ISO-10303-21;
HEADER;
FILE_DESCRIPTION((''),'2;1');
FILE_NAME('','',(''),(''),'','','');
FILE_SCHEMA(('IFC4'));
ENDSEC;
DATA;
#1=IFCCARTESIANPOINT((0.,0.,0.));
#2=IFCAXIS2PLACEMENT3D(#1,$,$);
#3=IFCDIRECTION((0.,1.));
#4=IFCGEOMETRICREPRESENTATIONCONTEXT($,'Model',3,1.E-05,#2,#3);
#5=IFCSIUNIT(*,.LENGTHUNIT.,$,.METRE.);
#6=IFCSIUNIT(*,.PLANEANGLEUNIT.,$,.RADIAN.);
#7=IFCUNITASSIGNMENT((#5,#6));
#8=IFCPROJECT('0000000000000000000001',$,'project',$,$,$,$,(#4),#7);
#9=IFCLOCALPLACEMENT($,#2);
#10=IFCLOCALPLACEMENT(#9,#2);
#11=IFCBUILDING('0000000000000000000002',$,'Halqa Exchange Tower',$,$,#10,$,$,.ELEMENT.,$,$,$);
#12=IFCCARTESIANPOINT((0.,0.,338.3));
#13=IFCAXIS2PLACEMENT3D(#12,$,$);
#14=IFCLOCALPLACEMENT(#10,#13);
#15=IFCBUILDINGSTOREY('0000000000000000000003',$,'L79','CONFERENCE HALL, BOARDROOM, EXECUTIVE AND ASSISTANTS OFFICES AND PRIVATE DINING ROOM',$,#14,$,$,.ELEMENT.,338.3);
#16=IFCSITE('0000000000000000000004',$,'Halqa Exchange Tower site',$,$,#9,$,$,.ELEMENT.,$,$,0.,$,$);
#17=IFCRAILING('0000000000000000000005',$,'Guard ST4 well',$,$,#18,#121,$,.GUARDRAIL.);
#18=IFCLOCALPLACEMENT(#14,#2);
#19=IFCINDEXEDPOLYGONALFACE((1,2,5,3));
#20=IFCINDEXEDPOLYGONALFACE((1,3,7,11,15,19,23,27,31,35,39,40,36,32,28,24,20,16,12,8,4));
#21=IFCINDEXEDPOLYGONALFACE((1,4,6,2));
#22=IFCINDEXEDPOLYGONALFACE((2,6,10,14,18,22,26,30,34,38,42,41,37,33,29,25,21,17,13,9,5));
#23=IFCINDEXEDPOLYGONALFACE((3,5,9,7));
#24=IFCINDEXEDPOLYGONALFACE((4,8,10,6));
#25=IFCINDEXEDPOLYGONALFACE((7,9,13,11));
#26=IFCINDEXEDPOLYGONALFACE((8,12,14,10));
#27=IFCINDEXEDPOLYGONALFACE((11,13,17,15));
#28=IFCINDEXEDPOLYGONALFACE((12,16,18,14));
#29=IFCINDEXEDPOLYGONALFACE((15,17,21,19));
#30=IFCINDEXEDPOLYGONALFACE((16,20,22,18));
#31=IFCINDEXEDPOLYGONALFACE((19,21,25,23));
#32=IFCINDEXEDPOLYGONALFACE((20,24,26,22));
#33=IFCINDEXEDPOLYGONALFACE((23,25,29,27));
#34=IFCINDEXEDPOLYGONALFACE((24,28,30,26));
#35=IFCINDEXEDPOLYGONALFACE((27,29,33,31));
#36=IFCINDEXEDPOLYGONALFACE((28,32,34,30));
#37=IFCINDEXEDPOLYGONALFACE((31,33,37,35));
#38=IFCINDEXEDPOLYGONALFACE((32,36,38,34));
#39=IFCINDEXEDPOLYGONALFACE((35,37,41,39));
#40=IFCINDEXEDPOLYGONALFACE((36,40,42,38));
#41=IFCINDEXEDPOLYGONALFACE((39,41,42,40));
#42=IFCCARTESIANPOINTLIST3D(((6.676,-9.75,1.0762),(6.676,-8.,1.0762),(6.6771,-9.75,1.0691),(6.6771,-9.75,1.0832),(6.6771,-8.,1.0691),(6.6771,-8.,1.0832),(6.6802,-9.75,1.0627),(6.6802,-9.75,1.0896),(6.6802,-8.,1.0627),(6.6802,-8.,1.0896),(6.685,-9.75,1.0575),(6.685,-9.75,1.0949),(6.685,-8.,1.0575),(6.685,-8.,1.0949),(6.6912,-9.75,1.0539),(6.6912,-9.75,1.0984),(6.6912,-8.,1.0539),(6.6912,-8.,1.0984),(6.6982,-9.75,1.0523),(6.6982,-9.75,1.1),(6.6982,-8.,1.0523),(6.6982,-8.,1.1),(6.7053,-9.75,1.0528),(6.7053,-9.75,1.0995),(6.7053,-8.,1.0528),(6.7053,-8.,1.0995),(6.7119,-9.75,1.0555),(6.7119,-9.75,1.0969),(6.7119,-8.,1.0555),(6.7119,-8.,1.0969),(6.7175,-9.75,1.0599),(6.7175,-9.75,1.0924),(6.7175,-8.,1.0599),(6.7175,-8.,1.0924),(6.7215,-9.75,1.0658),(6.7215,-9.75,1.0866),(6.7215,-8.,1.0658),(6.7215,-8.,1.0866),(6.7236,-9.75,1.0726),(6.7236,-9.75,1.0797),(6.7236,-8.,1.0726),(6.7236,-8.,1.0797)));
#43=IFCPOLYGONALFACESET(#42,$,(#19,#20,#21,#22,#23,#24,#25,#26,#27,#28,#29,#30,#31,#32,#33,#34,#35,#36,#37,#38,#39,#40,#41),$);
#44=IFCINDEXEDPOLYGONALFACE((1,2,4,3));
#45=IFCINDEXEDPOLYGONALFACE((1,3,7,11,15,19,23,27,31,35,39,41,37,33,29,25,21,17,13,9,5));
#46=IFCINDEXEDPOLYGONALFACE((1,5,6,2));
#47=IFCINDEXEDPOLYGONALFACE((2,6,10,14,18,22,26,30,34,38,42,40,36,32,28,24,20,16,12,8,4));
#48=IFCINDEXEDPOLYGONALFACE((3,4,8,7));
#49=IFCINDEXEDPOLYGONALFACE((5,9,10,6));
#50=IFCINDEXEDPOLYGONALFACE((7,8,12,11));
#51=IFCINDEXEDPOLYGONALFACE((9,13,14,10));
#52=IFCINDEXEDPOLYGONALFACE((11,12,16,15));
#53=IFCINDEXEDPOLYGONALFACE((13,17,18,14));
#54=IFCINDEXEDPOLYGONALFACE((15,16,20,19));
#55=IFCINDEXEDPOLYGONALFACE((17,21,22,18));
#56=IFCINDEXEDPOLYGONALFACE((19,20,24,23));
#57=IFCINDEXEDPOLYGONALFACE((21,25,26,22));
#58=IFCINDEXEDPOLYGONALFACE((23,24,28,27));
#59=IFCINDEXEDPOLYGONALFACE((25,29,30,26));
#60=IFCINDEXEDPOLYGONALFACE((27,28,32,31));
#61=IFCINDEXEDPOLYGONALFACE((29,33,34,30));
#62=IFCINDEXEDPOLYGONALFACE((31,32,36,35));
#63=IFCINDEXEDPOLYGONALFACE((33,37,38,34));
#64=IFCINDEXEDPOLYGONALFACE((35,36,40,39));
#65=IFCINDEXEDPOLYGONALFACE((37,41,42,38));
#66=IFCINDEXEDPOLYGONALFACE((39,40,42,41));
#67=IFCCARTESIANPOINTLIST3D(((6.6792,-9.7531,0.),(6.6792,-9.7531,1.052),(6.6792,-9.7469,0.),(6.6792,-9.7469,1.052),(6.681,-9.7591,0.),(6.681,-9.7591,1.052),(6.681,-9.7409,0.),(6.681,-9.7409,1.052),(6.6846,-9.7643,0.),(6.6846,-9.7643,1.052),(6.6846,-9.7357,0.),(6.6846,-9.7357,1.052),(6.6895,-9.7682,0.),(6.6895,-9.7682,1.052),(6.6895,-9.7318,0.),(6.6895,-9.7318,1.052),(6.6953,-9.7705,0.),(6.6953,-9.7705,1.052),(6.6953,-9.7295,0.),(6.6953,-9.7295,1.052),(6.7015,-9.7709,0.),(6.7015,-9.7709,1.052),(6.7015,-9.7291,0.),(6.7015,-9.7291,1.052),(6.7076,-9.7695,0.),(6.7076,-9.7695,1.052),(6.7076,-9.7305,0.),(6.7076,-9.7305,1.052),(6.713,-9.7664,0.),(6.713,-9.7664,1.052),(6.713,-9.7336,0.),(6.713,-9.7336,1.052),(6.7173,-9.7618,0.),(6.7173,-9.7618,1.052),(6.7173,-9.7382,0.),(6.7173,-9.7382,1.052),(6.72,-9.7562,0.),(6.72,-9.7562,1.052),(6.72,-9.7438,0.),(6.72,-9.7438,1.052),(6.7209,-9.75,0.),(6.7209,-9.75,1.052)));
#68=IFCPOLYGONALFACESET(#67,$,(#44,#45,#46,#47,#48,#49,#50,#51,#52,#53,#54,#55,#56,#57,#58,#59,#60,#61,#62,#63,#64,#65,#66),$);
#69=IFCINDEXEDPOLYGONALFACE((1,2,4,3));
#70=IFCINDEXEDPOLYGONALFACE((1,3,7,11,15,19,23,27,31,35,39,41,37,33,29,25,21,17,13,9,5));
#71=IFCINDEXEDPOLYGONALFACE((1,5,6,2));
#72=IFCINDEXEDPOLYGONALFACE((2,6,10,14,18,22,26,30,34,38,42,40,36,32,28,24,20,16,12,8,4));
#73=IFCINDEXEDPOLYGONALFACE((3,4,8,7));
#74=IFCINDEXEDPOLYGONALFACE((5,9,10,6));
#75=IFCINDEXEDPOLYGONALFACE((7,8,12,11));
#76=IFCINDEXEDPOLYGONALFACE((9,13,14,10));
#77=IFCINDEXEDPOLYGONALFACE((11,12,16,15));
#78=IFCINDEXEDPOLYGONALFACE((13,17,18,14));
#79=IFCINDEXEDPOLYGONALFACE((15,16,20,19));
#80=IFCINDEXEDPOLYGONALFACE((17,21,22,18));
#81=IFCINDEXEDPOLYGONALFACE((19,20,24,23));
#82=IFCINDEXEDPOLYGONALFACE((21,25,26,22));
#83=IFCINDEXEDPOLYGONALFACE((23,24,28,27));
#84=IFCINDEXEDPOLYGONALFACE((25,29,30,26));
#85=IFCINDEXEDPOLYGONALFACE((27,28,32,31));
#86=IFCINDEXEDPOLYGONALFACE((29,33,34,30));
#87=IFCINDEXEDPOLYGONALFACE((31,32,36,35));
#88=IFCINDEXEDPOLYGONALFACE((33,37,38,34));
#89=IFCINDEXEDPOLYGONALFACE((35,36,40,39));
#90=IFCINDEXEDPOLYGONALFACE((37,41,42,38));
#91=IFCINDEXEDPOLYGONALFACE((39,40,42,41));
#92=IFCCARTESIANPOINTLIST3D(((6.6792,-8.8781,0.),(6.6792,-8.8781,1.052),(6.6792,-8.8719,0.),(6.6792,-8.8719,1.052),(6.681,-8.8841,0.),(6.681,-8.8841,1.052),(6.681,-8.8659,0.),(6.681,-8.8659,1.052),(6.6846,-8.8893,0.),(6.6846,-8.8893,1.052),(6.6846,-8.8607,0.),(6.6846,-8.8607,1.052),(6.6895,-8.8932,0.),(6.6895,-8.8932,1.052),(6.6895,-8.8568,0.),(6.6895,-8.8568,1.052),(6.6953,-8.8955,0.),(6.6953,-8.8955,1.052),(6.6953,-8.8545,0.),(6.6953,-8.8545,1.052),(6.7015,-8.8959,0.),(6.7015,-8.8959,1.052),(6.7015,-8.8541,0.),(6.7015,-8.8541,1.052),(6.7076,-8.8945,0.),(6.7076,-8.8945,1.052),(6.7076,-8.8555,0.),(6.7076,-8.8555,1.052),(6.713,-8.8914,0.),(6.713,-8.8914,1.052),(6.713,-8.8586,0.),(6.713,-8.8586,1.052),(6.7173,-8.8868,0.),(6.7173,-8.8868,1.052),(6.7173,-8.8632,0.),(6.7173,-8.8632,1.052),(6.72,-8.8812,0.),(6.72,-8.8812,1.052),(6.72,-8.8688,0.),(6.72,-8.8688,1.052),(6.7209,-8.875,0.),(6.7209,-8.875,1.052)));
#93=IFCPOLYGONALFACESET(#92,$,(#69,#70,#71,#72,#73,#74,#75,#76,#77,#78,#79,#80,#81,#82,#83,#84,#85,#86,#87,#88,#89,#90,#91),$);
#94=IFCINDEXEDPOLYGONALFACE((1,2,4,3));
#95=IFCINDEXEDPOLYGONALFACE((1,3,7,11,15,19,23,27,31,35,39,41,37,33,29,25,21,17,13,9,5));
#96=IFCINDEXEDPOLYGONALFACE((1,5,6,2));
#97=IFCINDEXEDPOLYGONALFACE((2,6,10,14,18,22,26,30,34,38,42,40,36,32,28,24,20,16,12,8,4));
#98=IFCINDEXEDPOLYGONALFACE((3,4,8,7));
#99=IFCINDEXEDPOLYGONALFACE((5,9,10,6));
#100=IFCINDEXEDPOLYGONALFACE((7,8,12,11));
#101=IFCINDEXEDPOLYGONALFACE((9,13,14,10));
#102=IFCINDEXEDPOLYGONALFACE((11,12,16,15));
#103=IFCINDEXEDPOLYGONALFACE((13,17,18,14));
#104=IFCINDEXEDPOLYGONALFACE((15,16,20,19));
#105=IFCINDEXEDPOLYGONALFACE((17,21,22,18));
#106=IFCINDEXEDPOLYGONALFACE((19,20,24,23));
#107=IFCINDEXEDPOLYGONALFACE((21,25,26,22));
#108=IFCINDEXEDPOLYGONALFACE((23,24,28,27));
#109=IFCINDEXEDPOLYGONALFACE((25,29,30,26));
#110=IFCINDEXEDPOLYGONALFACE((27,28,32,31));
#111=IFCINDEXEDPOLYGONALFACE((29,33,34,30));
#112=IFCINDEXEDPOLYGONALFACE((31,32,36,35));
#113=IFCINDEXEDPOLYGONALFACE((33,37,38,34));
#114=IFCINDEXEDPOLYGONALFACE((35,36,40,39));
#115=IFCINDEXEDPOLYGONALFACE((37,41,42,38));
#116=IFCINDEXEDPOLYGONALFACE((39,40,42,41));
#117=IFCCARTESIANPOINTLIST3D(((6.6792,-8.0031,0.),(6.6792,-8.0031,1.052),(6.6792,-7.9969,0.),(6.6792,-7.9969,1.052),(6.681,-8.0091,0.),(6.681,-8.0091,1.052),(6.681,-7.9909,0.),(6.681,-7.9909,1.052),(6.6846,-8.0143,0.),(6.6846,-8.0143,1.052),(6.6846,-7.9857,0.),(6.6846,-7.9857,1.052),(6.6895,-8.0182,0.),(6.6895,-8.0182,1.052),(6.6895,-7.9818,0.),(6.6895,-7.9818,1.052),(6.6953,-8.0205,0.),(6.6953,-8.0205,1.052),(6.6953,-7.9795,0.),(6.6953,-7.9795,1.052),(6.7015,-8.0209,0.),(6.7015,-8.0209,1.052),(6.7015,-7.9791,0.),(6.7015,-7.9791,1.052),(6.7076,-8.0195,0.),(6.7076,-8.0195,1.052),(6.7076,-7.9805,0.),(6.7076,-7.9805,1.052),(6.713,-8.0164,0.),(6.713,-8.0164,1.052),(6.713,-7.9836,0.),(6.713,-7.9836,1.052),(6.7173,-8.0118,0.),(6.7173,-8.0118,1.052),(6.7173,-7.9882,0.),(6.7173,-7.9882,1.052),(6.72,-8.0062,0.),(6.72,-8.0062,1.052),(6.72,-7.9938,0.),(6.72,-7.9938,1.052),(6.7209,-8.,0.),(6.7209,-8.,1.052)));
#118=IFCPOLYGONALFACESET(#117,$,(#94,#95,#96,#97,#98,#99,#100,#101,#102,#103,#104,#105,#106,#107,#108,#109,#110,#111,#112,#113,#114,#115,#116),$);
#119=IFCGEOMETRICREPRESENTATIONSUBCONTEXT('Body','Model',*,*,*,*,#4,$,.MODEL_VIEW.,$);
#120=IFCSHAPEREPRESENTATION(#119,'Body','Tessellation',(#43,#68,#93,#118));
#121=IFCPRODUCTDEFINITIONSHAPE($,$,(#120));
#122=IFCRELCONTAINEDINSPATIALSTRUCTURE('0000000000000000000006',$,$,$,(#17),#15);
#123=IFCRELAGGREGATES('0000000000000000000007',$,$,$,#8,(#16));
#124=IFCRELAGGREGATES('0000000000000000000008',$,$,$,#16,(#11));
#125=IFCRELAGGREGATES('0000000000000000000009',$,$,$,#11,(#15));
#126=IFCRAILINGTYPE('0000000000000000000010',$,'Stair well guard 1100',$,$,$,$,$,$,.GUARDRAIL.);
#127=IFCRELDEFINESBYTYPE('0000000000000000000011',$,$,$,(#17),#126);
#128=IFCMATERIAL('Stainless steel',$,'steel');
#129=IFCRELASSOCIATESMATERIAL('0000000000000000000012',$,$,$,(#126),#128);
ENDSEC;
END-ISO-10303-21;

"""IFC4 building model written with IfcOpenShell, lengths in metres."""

from ifc_helpers import new_model, si_unit, direction, frame, origin, origin_2d, place, context, subcontext, project, spatial, circle, extrude, material, type_object, element, save


model = new_model("IFC4")

# Units and contexts
model_context = context("Model", 3, precision=1e-05, world=origin(), true_north=direction((0.0, 1.0)))
body_context = subcontext(model_context, "Body", "Model", "MODEL_VIEW")
ifc_project = project(units=[si_unit("LENGTHUNIT", "METRE"), si_unit("PLANEANGLEUNIT", "RADIAN")], contexts=[model_context])

# Site, building, storey
site_placement = place(None, origin())
site = spatial("IfcSite", under=ifc_project, at=site_placement, Name="Halqa Exchange Tower site", CompositionType="ELEMENT", RefElevation=0.0)
building_placement = place(site_placement, origin())
building = spatial("IfcBuilding", under=site, at=building_placement, Name="Halqa Exchange Tower", CompositionType="ELEMENT")
storey_placement = place(building_placement, frame((0.0, 0.0, 338.3)))
storey = spatial("IfcBuildingStorey", under=building, at=storey_placement, Name="L79", Description="CONFERENCE HALL, BOARDROOM, EXECUTIVE AND ASSISTANTS OFFICES AND PRIVATE DINING ROOM", CompositionType="ELEMENT", Elevation=338.3)

# Railing
ifc_material_1 = material(Name="Stainless steel", Category="steel")
railing_type_1 = type_object("IfcRailingType", Name="Stair well guard 1100", PredefinedType="GUARDRAIL", material=ifc_material_1)
railing_1_placement = place(storey_placement, frame((6.7, -9.75, 0.0)))
element("IfcRailing", 1, at=railing_1_placement, inside=storey, type_object=railing_type_1, Name="Guard ST4 well", PredefinedType="GUARDRAIL", context=body_context, shape_type="SweptSolid", body=[
    extrude(circle(Radius=0.0239, at=origin_2d()), frame((0.0, 0.0, 1.0762), z_axis=(0.0, 1.0, 0.0), x_axis=(-1.0, 0.0, 0.0)), (0.0, 0.0, 1.0), 1.75),
    extrude(circle(Radius=0.021, at=origin_2d()), origin(), (0.0, 0.0, 1.0), 1.052),
    extrude(circle(Radius=0.021, at=origin_2d()), frame((0.0, 0.875, 0.0)), (0.0, 0.0, 1.0), 1.052),
    extrude(circle(Radius=0.021, at=origin_2d()), frame((0.0, 1.75, 0.0)), (0.0, 0.0, 1.0), 1.052),
])

save(model, "model.ifc")
